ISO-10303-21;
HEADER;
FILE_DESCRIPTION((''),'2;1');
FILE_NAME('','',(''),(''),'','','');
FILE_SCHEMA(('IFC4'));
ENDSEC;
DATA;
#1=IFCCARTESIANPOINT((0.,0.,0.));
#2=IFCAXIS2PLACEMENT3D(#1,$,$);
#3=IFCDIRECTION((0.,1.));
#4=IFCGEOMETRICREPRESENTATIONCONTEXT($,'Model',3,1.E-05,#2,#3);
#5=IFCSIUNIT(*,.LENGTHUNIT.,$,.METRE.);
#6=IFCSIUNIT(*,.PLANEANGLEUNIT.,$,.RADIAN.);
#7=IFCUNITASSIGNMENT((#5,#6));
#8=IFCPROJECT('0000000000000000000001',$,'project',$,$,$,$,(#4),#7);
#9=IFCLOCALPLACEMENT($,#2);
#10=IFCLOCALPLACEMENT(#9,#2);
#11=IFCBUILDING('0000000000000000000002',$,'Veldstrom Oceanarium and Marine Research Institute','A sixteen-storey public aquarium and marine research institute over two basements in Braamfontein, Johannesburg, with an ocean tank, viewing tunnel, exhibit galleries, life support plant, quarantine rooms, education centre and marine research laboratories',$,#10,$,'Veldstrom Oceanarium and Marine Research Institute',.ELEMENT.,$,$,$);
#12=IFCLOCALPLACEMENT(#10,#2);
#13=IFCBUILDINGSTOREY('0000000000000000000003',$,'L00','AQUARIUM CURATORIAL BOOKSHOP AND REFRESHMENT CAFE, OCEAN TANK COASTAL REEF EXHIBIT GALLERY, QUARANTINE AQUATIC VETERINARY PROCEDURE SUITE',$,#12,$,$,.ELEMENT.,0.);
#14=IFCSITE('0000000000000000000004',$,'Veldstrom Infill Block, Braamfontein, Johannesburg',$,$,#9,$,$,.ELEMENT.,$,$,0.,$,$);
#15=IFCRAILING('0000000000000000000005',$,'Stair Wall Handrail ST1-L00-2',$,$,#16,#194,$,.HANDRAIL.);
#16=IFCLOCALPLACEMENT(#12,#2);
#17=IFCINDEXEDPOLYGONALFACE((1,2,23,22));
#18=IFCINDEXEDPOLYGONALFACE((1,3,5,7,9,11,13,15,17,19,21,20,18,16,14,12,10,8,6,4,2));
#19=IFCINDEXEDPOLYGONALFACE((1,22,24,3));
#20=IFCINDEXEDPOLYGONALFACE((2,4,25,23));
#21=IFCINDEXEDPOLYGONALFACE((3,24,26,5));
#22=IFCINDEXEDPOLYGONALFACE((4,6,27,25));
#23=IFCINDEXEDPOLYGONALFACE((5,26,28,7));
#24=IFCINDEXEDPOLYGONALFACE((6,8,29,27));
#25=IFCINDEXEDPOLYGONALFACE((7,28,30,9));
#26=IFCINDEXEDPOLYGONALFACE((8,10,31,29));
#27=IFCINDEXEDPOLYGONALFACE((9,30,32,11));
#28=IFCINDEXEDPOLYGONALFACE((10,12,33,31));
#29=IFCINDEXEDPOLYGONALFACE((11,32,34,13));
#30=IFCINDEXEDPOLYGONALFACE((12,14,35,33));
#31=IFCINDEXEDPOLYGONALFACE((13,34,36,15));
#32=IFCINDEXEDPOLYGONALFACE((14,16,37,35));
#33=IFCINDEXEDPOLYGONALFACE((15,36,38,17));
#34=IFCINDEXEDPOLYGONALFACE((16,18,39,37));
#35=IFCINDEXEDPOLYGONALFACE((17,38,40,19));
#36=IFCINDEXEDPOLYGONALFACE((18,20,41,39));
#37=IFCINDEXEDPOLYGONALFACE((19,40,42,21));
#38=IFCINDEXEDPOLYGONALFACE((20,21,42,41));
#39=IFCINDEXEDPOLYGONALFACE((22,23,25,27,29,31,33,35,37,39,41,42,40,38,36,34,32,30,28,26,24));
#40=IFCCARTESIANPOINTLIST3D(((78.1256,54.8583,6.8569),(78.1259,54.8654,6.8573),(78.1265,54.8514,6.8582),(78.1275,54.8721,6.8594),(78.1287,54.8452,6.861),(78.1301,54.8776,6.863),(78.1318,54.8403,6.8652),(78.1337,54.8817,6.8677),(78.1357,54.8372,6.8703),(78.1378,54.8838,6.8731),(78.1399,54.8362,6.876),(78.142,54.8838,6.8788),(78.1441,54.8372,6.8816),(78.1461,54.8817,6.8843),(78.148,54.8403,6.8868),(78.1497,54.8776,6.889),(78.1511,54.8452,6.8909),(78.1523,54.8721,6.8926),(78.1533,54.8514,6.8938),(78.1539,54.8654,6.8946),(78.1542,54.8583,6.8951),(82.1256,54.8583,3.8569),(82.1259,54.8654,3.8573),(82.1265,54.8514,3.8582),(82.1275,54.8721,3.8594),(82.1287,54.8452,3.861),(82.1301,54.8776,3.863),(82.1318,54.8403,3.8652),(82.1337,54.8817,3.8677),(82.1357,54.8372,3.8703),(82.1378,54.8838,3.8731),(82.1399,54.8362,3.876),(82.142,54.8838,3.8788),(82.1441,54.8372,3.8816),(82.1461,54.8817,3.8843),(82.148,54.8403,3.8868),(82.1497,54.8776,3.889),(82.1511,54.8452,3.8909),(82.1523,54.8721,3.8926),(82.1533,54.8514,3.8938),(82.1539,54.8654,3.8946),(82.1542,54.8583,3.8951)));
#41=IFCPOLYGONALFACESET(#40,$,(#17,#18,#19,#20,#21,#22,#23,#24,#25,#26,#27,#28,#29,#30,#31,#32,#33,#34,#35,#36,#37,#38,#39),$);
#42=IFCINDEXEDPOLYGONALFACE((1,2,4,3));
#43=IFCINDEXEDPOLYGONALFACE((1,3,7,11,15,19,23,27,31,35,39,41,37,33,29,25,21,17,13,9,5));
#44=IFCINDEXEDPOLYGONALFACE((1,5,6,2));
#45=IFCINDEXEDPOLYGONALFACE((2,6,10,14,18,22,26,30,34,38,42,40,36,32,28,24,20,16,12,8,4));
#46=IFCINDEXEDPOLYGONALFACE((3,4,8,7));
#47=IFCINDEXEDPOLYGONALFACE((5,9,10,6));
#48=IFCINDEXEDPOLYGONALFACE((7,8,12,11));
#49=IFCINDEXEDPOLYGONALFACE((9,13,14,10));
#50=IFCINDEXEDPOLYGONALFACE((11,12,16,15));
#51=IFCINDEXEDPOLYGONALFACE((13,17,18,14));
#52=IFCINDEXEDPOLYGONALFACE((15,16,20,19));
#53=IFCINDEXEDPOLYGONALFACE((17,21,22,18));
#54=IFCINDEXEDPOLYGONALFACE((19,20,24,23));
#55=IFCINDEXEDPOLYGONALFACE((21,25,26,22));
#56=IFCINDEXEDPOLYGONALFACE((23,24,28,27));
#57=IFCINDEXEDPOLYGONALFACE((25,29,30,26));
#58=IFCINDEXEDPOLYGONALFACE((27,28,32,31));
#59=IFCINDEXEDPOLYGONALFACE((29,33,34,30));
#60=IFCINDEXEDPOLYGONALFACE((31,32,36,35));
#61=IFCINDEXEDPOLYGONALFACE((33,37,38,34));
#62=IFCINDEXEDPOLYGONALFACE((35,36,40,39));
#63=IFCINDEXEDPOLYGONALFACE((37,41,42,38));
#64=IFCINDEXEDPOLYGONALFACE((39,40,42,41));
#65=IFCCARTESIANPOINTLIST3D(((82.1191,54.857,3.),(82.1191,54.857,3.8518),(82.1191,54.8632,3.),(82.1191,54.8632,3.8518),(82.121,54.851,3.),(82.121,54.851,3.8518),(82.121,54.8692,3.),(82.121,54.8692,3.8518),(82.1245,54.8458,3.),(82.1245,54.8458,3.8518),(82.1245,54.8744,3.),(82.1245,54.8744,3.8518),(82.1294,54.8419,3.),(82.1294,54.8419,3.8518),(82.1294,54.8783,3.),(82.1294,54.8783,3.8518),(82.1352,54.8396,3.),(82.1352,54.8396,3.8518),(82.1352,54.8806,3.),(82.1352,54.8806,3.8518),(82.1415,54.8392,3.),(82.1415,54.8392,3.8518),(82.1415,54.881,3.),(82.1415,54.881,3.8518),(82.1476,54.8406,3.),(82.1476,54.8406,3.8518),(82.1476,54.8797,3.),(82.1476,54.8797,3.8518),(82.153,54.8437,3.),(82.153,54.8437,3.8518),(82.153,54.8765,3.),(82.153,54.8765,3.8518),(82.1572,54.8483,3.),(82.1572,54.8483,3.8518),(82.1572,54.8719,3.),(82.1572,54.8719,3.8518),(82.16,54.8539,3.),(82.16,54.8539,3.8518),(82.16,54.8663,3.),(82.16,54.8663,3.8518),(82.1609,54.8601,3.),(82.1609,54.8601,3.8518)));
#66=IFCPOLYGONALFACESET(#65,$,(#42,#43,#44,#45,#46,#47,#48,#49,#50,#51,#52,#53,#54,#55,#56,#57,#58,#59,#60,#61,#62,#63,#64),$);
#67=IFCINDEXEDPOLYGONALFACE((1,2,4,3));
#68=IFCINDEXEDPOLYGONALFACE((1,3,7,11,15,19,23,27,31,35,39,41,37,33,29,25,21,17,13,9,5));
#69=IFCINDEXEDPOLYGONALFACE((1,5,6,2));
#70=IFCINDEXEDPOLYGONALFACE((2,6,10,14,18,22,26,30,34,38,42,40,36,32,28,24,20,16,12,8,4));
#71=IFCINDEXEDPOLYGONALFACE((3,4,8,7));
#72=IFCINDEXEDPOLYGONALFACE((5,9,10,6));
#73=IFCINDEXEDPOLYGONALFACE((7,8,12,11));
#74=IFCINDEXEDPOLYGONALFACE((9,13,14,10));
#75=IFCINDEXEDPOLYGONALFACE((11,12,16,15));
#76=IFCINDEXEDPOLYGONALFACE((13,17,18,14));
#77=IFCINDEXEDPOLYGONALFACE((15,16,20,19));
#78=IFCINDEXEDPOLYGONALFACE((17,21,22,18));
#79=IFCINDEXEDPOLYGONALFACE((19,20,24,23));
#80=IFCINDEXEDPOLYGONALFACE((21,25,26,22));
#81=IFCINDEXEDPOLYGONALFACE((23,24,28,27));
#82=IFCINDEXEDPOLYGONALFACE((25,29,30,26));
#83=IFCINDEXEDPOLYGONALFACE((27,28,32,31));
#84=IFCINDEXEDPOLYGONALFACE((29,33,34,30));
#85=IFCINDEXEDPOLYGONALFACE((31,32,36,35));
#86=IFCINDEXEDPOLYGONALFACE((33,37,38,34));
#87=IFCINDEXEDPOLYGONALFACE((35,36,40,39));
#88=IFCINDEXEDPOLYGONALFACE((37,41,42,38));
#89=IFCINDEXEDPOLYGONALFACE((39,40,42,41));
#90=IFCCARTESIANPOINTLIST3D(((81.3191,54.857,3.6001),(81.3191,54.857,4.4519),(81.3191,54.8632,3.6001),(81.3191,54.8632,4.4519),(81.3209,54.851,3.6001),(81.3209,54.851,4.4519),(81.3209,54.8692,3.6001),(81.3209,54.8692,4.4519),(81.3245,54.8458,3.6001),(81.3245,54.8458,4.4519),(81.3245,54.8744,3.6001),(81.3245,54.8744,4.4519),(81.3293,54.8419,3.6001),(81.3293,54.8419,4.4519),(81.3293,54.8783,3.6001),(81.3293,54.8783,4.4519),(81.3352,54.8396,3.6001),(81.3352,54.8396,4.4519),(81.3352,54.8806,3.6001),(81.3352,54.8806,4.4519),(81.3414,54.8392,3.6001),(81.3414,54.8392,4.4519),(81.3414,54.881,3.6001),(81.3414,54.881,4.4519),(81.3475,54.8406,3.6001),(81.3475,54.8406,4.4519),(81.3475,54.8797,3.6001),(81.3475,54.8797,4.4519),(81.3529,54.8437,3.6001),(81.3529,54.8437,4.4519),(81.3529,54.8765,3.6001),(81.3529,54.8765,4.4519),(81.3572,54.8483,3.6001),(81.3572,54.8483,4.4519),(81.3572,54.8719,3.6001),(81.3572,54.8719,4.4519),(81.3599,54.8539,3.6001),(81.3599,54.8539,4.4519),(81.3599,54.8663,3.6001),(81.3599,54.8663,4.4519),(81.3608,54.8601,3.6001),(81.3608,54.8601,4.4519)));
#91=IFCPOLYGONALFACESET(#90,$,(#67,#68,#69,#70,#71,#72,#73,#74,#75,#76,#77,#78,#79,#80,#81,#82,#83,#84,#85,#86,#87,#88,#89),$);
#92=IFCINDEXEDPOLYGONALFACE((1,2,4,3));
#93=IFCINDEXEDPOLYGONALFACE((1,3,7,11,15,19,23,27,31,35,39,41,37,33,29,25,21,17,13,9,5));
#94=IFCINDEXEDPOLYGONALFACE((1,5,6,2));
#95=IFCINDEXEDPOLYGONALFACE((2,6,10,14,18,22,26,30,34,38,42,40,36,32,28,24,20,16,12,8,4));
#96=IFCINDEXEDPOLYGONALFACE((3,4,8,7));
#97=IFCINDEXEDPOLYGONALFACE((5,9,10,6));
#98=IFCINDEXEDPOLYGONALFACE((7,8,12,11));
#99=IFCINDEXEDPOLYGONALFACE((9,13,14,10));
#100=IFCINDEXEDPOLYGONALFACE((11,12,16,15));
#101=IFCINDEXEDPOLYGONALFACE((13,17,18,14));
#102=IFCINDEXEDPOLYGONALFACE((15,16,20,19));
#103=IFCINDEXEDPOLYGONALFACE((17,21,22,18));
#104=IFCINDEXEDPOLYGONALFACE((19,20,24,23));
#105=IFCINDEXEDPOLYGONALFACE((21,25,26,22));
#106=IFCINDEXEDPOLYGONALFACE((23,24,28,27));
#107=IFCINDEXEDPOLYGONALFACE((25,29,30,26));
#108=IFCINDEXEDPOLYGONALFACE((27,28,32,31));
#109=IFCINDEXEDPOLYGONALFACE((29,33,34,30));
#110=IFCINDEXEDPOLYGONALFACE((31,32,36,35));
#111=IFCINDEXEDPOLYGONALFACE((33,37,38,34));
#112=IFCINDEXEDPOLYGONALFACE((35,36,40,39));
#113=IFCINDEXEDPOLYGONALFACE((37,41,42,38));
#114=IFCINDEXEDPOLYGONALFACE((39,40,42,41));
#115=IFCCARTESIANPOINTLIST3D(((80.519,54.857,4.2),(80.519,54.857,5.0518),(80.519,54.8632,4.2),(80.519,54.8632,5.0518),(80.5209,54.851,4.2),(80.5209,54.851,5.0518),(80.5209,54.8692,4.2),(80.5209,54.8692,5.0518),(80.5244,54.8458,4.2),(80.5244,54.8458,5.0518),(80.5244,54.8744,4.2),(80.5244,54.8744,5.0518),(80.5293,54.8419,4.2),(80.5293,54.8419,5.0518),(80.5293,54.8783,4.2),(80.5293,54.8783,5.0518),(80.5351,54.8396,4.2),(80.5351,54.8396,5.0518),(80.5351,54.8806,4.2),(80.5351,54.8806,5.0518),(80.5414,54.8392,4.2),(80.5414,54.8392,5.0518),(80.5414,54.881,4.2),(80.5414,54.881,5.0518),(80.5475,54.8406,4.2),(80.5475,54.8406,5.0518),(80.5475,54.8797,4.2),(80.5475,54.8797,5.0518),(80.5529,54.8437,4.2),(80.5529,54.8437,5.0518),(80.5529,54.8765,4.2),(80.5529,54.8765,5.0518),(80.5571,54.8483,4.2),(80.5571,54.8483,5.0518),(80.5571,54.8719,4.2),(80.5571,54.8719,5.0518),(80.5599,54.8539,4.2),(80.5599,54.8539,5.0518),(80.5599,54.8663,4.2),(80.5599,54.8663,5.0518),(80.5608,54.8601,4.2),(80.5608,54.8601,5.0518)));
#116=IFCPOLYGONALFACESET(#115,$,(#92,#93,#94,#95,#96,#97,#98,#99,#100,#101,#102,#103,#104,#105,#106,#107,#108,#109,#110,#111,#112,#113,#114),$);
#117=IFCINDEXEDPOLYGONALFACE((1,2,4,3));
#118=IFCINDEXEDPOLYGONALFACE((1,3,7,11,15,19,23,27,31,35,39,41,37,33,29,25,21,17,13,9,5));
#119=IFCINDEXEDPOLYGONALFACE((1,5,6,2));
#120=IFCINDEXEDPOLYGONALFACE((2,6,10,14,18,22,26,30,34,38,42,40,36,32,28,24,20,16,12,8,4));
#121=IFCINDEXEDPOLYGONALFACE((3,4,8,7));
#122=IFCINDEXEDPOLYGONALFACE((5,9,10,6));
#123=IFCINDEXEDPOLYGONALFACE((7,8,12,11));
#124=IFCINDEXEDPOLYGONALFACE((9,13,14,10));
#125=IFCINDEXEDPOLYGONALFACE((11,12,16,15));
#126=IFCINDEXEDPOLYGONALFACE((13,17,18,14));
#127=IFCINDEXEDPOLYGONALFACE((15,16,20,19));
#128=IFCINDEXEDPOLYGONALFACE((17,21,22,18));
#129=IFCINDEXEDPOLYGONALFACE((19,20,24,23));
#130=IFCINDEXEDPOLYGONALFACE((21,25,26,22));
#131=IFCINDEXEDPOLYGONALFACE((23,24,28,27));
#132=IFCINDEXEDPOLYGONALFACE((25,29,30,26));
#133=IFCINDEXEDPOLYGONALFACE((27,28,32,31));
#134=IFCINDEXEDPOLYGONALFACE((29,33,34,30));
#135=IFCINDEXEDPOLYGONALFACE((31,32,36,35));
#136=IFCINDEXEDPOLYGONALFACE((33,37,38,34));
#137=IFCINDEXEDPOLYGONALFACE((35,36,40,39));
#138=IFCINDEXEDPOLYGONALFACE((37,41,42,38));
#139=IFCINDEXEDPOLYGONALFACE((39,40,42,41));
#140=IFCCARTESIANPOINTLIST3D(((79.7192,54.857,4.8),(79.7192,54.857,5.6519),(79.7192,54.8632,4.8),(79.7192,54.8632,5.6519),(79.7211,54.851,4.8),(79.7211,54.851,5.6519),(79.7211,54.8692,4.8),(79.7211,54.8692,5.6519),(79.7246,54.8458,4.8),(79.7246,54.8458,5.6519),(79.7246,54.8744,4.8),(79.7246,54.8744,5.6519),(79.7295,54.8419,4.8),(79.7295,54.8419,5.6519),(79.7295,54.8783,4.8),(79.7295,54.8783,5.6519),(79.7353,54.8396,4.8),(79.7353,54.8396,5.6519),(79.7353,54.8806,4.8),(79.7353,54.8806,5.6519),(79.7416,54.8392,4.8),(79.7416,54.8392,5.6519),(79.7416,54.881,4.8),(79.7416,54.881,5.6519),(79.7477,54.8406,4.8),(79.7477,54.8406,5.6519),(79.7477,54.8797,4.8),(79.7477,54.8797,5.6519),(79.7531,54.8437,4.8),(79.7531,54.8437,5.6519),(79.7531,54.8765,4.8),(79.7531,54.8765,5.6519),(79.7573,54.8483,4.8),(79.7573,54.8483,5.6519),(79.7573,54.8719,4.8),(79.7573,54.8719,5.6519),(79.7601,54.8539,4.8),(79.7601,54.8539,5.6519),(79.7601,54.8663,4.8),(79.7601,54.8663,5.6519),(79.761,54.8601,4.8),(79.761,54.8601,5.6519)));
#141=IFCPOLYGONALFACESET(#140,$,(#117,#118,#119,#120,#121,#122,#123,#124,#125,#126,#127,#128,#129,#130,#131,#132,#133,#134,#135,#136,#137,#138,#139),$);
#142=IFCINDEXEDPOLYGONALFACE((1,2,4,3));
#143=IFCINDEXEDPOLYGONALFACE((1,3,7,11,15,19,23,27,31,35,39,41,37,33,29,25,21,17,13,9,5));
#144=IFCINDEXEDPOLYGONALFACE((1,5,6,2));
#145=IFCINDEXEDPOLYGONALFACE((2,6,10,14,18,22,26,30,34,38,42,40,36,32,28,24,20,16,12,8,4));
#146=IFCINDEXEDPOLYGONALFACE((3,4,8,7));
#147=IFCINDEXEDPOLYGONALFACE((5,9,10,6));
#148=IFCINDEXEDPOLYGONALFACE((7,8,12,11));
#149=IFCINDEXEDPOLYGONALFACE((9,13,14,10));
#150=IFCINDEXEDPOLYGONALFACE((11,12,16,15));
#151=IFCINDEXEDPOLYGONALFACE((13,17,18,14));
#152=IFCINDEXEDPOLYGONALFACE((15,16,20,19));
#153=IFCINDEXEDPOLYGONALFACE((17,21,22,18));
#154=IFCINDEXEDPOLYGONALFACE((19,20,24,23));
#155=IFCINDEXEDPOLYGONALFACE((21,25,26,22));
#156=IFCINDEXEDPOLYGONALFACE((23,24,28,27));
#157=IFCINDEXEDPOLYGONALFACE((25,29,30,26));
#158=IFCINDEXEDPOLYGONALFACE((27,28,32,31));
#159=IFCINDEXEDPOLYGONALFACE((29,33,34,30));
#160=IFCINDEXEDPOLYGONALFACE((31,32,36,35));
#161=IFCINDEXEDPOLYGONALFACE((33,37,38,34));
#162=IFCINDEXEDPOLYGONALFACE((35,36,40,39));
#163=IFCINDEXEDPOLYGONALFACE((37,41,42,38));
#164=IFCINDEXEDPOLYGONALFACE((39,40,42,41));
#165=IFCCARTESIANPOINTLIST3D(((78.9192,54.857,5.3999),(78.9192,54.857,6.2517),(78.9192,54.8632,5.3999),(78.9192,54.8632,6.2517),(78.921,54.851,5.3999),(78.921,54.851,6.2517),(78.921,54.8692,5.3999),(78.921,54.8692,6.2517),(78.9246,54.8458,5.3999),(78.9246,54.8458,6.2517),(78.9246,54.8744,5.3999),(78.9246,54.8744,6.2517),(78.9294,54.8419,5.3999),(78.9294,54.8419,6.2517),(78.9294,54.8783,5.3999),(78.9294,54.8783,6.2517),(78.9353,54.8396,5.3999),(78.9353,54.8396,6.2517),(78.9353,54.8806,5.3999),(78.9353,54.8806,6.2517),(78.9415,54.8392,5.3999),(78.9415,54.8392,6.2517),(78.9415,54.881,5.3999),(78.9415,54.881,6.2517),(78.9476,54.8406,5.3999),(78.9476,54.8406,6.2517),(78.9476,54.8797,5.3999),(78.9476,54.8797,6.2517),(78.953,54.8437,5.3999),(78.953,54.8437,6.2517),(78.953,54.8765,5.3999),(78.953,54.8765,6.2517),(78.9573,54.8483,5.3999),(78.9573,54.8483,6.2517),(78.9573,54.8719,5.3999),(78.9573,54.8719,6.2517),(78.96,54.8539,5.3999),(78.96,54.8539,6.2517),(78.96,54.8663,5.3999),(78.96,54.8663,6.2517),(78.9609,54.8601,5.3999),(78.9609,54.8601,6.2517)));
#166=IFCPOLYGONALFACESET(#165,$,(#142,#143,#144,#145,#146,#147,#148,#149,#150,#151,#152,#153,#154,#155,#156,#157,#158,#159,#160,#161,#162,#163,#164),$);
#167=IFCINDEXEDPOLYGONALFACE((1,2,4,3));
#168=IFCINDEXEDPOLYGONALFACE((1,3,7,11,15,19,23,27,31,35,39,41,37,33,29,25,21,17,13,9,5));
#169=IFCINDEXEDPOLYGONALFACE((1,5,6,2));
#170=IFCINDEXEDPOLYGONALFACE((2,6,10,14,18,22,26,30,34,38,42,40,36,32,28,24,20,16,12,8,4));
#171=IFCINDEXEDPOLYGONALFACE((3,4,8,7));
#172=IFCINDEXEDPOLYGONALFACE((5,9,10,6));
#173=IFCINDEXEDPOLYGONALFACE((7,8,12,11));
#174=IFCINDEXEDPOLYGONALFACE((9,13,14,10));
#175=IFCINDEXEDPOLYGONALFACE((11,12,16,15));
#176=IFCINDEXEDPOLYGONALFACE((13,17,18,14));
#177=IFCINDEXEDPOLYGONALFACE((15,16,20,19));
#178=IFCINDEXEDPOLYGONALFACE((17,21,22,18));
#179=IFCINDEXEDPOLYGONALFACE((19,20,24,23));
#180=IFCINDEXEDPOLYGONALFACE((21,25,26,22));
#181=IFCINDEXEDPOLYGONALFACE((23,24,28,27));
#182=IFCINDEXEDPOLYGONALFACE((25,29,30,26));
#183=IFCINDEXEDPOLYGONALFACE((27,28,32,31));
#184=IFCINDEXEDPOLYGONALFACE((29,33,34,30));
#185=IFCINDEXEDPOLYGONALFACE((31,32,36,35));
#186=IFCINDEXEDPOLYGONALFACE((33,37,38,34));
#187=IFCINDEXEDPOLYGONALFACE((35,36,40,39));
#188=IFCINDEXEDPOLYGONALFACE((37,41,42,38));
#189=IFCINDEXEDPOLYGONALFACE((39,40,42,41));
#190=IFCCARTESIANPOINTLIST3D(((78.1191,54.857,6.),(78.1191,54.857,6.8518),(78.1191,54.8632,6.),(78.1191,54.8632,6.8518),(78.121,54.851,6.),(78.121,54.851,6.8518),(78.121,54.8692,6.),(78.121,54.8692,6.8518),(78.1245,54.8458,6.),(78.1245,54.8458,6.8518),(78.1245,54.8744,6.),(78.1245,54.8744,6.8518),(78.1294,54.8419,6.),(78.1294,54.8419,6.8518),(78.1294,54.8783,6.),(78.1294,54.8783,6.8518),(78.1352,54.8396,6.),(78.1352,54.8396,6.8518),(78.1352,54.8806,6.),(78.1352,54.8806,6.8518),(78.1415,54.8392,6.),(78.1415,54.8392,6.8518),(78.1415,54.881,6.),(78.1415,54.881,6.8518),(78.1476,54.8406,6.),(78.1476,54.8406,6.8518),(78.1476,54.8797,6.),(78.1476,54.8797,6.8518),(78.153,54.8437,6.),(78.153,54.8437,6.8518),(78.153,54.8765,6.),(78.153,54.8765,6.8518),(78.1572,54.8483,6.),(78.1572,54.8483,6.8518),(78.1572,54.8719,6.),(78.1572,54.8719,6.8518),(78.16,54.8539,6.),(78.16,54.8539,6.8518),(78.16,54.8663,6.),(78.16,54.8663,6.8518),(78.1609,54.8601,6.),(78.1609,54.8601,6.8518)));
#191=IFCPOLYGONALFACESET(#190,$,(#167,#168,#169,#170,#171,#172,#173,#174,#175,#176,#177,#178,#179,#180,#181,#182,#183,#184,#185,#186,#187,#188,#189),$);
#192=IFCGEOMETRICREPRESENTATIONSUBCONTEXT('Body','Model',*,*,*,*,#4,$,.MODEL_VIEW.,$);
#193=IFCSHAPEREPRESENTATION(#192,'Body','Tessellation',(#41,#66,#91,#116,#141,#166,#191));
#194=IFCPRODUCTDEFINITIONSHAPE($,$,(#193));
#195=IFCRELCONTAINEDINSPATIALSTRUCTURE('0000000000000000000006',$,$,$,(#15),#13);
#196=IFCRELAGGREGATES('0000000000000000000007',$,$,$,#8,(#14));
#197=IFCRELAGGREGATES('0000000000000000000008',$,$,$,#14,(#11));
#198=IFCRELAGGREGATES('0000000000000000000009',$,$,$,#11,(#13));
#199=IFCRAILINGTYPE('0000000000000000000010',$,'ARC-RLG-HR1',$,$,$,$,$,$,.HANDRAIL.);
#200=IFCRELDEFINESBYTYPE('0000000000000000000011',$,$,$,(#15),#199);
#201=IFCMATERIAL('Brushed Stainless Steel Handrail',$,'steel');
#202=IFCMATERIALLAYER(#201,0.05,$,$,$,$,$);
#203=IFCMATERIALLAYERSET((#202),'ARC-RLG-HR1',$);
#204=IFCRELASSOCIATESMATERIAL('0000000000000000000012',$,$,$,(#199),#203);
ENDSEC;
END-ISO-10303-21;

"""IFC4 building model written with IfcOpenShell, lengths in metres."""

from ifc_helpers import new_model, si_unit, direction, frame, origin, origin_2d, place, context, subcontext, project, spatial, circle, extrude, material, layer, layer_set, type_object, element, save


model = new_model("IFC4")

# Units and contexts
model_context = context("Model", 3, precision=1e-05, world=origin(), true_north=direction((0.0, 1.0)))
body_context = subcontext(model_context, "Body", "Model", "MODEL_VIEW")
ifc_project = project(units=[si_unit("LENGTHUNIT", "METRE"), si_unit("PLANEANGLEUNIT", "RADIAN")], contexts=[model_context])

# Site, building, storey
site_placement = place(None, origin())
site = spatial("IfcSite", under=ifc_project, at=site_placement, Name="Veldstrom Infill Block, Braamfontein, Johannesburg", CompositionType="ELEMENT", RefElevation=0.0)
building_placement = place(site_placement, origin())
building = spatial("IfcBuilding", under=site, at=building_placement, Name="Veldstrom Oceanarium and Marine Research Institute", Description="A sixteen-storey public aquarium and marine research institute over two basements in Braamfontein, Johannesburg, with an ocean tank, viewing tunnel, exhibit galleries, life support plant, quarantine rooms, education centre and marine research laboratories", LongName="Veldstrom Oceanarium and Marine Research Institute", CompositionType="ELEMENT")
storey_placement = place(building_placement, origin())
storey = spatial("IfcBuildingStorey", under=building, at=storey_placement, Name="L00", Description="AQUARIUM CURATORIAL BOOKSHOP AND REFRESHMENT CAFE, OCEAN TANK COASTAL REEF EXHIBIT GALLERY, QUARANTINE AQUATIC VETERINARY PROCEDURE SUITE", CompositionType="ELEMENT", Elevation=0.0)

# Railing
ifc_material_1 = material(Name="Brushed Stainless Steel Handrail", Category="steel")
ifc_layer_1 = layer(ifc_material_1, 0.05)
ifc_layer_set_1 = layer_set([ifc_layer_1], Name="ARC-RLG-HR1")
railing_type_1 = type_object("IfcRailingType", Name="ARC-RLG-HR1", PredefinedType="HANDRAIL", material=ifc_layer_set_1)
railing_1_placement = place(storey_placement, frame((82.1399, 54.8601, 3.0)))
element("IfcRailing", 1, at=railing_1_placement, inside=storey, type_object=railing_type_1, Name="Stair Wall Handrail ST1-L00-2", PredefinedType="HANDRAIL", context=body_context, shape_type="SweptSolid", body=[
    extrude(circle(Radius=0.0239, at=origin_2d()), frame((0.0, 0.0, 0.876), z_axis=(-0.8, 0.0, 0.6), x_axis=(0.0, -1.0, 0.0)), (0.0, 0.0, 1.0), 5.0),
    extrude(circle(Radius=0.021, at=origin_2d()), origin(), (0.0, 0.0, 1.0), 0.8518),
    extrude(circle(Radius=0.021, at=origin_2d()), frame((-0.8, 0.0, 0.6001)), (0.0, 0.0, 1.0), 0.8518),
    extrude(circle(Radius=0.021, at=origin_2d()), frame((-1.6001, 0.0, 1.2)), (0.0, 0.0, 1.0), 0.8518),
    extrude(circle(Radius=0.021, at=origin_2d()), frame((-2.3999, 0.0, 1.8)), (0.0, 0.0, 1.0), 0.8518),
    extrude(circle(Radius=0.021, at=origin_2d()), frame((-3.2, 0.0, 2.3999)), (0.0, 0.0, 1.0), 0.8518),
    extrude(circle(Radius=0.021, at=origin_2d()), frame((-4.0, 0.0, 3.0)), (0.0, 0.0, 1.0), 0.8518),
])

save(model, "model.ifc")
